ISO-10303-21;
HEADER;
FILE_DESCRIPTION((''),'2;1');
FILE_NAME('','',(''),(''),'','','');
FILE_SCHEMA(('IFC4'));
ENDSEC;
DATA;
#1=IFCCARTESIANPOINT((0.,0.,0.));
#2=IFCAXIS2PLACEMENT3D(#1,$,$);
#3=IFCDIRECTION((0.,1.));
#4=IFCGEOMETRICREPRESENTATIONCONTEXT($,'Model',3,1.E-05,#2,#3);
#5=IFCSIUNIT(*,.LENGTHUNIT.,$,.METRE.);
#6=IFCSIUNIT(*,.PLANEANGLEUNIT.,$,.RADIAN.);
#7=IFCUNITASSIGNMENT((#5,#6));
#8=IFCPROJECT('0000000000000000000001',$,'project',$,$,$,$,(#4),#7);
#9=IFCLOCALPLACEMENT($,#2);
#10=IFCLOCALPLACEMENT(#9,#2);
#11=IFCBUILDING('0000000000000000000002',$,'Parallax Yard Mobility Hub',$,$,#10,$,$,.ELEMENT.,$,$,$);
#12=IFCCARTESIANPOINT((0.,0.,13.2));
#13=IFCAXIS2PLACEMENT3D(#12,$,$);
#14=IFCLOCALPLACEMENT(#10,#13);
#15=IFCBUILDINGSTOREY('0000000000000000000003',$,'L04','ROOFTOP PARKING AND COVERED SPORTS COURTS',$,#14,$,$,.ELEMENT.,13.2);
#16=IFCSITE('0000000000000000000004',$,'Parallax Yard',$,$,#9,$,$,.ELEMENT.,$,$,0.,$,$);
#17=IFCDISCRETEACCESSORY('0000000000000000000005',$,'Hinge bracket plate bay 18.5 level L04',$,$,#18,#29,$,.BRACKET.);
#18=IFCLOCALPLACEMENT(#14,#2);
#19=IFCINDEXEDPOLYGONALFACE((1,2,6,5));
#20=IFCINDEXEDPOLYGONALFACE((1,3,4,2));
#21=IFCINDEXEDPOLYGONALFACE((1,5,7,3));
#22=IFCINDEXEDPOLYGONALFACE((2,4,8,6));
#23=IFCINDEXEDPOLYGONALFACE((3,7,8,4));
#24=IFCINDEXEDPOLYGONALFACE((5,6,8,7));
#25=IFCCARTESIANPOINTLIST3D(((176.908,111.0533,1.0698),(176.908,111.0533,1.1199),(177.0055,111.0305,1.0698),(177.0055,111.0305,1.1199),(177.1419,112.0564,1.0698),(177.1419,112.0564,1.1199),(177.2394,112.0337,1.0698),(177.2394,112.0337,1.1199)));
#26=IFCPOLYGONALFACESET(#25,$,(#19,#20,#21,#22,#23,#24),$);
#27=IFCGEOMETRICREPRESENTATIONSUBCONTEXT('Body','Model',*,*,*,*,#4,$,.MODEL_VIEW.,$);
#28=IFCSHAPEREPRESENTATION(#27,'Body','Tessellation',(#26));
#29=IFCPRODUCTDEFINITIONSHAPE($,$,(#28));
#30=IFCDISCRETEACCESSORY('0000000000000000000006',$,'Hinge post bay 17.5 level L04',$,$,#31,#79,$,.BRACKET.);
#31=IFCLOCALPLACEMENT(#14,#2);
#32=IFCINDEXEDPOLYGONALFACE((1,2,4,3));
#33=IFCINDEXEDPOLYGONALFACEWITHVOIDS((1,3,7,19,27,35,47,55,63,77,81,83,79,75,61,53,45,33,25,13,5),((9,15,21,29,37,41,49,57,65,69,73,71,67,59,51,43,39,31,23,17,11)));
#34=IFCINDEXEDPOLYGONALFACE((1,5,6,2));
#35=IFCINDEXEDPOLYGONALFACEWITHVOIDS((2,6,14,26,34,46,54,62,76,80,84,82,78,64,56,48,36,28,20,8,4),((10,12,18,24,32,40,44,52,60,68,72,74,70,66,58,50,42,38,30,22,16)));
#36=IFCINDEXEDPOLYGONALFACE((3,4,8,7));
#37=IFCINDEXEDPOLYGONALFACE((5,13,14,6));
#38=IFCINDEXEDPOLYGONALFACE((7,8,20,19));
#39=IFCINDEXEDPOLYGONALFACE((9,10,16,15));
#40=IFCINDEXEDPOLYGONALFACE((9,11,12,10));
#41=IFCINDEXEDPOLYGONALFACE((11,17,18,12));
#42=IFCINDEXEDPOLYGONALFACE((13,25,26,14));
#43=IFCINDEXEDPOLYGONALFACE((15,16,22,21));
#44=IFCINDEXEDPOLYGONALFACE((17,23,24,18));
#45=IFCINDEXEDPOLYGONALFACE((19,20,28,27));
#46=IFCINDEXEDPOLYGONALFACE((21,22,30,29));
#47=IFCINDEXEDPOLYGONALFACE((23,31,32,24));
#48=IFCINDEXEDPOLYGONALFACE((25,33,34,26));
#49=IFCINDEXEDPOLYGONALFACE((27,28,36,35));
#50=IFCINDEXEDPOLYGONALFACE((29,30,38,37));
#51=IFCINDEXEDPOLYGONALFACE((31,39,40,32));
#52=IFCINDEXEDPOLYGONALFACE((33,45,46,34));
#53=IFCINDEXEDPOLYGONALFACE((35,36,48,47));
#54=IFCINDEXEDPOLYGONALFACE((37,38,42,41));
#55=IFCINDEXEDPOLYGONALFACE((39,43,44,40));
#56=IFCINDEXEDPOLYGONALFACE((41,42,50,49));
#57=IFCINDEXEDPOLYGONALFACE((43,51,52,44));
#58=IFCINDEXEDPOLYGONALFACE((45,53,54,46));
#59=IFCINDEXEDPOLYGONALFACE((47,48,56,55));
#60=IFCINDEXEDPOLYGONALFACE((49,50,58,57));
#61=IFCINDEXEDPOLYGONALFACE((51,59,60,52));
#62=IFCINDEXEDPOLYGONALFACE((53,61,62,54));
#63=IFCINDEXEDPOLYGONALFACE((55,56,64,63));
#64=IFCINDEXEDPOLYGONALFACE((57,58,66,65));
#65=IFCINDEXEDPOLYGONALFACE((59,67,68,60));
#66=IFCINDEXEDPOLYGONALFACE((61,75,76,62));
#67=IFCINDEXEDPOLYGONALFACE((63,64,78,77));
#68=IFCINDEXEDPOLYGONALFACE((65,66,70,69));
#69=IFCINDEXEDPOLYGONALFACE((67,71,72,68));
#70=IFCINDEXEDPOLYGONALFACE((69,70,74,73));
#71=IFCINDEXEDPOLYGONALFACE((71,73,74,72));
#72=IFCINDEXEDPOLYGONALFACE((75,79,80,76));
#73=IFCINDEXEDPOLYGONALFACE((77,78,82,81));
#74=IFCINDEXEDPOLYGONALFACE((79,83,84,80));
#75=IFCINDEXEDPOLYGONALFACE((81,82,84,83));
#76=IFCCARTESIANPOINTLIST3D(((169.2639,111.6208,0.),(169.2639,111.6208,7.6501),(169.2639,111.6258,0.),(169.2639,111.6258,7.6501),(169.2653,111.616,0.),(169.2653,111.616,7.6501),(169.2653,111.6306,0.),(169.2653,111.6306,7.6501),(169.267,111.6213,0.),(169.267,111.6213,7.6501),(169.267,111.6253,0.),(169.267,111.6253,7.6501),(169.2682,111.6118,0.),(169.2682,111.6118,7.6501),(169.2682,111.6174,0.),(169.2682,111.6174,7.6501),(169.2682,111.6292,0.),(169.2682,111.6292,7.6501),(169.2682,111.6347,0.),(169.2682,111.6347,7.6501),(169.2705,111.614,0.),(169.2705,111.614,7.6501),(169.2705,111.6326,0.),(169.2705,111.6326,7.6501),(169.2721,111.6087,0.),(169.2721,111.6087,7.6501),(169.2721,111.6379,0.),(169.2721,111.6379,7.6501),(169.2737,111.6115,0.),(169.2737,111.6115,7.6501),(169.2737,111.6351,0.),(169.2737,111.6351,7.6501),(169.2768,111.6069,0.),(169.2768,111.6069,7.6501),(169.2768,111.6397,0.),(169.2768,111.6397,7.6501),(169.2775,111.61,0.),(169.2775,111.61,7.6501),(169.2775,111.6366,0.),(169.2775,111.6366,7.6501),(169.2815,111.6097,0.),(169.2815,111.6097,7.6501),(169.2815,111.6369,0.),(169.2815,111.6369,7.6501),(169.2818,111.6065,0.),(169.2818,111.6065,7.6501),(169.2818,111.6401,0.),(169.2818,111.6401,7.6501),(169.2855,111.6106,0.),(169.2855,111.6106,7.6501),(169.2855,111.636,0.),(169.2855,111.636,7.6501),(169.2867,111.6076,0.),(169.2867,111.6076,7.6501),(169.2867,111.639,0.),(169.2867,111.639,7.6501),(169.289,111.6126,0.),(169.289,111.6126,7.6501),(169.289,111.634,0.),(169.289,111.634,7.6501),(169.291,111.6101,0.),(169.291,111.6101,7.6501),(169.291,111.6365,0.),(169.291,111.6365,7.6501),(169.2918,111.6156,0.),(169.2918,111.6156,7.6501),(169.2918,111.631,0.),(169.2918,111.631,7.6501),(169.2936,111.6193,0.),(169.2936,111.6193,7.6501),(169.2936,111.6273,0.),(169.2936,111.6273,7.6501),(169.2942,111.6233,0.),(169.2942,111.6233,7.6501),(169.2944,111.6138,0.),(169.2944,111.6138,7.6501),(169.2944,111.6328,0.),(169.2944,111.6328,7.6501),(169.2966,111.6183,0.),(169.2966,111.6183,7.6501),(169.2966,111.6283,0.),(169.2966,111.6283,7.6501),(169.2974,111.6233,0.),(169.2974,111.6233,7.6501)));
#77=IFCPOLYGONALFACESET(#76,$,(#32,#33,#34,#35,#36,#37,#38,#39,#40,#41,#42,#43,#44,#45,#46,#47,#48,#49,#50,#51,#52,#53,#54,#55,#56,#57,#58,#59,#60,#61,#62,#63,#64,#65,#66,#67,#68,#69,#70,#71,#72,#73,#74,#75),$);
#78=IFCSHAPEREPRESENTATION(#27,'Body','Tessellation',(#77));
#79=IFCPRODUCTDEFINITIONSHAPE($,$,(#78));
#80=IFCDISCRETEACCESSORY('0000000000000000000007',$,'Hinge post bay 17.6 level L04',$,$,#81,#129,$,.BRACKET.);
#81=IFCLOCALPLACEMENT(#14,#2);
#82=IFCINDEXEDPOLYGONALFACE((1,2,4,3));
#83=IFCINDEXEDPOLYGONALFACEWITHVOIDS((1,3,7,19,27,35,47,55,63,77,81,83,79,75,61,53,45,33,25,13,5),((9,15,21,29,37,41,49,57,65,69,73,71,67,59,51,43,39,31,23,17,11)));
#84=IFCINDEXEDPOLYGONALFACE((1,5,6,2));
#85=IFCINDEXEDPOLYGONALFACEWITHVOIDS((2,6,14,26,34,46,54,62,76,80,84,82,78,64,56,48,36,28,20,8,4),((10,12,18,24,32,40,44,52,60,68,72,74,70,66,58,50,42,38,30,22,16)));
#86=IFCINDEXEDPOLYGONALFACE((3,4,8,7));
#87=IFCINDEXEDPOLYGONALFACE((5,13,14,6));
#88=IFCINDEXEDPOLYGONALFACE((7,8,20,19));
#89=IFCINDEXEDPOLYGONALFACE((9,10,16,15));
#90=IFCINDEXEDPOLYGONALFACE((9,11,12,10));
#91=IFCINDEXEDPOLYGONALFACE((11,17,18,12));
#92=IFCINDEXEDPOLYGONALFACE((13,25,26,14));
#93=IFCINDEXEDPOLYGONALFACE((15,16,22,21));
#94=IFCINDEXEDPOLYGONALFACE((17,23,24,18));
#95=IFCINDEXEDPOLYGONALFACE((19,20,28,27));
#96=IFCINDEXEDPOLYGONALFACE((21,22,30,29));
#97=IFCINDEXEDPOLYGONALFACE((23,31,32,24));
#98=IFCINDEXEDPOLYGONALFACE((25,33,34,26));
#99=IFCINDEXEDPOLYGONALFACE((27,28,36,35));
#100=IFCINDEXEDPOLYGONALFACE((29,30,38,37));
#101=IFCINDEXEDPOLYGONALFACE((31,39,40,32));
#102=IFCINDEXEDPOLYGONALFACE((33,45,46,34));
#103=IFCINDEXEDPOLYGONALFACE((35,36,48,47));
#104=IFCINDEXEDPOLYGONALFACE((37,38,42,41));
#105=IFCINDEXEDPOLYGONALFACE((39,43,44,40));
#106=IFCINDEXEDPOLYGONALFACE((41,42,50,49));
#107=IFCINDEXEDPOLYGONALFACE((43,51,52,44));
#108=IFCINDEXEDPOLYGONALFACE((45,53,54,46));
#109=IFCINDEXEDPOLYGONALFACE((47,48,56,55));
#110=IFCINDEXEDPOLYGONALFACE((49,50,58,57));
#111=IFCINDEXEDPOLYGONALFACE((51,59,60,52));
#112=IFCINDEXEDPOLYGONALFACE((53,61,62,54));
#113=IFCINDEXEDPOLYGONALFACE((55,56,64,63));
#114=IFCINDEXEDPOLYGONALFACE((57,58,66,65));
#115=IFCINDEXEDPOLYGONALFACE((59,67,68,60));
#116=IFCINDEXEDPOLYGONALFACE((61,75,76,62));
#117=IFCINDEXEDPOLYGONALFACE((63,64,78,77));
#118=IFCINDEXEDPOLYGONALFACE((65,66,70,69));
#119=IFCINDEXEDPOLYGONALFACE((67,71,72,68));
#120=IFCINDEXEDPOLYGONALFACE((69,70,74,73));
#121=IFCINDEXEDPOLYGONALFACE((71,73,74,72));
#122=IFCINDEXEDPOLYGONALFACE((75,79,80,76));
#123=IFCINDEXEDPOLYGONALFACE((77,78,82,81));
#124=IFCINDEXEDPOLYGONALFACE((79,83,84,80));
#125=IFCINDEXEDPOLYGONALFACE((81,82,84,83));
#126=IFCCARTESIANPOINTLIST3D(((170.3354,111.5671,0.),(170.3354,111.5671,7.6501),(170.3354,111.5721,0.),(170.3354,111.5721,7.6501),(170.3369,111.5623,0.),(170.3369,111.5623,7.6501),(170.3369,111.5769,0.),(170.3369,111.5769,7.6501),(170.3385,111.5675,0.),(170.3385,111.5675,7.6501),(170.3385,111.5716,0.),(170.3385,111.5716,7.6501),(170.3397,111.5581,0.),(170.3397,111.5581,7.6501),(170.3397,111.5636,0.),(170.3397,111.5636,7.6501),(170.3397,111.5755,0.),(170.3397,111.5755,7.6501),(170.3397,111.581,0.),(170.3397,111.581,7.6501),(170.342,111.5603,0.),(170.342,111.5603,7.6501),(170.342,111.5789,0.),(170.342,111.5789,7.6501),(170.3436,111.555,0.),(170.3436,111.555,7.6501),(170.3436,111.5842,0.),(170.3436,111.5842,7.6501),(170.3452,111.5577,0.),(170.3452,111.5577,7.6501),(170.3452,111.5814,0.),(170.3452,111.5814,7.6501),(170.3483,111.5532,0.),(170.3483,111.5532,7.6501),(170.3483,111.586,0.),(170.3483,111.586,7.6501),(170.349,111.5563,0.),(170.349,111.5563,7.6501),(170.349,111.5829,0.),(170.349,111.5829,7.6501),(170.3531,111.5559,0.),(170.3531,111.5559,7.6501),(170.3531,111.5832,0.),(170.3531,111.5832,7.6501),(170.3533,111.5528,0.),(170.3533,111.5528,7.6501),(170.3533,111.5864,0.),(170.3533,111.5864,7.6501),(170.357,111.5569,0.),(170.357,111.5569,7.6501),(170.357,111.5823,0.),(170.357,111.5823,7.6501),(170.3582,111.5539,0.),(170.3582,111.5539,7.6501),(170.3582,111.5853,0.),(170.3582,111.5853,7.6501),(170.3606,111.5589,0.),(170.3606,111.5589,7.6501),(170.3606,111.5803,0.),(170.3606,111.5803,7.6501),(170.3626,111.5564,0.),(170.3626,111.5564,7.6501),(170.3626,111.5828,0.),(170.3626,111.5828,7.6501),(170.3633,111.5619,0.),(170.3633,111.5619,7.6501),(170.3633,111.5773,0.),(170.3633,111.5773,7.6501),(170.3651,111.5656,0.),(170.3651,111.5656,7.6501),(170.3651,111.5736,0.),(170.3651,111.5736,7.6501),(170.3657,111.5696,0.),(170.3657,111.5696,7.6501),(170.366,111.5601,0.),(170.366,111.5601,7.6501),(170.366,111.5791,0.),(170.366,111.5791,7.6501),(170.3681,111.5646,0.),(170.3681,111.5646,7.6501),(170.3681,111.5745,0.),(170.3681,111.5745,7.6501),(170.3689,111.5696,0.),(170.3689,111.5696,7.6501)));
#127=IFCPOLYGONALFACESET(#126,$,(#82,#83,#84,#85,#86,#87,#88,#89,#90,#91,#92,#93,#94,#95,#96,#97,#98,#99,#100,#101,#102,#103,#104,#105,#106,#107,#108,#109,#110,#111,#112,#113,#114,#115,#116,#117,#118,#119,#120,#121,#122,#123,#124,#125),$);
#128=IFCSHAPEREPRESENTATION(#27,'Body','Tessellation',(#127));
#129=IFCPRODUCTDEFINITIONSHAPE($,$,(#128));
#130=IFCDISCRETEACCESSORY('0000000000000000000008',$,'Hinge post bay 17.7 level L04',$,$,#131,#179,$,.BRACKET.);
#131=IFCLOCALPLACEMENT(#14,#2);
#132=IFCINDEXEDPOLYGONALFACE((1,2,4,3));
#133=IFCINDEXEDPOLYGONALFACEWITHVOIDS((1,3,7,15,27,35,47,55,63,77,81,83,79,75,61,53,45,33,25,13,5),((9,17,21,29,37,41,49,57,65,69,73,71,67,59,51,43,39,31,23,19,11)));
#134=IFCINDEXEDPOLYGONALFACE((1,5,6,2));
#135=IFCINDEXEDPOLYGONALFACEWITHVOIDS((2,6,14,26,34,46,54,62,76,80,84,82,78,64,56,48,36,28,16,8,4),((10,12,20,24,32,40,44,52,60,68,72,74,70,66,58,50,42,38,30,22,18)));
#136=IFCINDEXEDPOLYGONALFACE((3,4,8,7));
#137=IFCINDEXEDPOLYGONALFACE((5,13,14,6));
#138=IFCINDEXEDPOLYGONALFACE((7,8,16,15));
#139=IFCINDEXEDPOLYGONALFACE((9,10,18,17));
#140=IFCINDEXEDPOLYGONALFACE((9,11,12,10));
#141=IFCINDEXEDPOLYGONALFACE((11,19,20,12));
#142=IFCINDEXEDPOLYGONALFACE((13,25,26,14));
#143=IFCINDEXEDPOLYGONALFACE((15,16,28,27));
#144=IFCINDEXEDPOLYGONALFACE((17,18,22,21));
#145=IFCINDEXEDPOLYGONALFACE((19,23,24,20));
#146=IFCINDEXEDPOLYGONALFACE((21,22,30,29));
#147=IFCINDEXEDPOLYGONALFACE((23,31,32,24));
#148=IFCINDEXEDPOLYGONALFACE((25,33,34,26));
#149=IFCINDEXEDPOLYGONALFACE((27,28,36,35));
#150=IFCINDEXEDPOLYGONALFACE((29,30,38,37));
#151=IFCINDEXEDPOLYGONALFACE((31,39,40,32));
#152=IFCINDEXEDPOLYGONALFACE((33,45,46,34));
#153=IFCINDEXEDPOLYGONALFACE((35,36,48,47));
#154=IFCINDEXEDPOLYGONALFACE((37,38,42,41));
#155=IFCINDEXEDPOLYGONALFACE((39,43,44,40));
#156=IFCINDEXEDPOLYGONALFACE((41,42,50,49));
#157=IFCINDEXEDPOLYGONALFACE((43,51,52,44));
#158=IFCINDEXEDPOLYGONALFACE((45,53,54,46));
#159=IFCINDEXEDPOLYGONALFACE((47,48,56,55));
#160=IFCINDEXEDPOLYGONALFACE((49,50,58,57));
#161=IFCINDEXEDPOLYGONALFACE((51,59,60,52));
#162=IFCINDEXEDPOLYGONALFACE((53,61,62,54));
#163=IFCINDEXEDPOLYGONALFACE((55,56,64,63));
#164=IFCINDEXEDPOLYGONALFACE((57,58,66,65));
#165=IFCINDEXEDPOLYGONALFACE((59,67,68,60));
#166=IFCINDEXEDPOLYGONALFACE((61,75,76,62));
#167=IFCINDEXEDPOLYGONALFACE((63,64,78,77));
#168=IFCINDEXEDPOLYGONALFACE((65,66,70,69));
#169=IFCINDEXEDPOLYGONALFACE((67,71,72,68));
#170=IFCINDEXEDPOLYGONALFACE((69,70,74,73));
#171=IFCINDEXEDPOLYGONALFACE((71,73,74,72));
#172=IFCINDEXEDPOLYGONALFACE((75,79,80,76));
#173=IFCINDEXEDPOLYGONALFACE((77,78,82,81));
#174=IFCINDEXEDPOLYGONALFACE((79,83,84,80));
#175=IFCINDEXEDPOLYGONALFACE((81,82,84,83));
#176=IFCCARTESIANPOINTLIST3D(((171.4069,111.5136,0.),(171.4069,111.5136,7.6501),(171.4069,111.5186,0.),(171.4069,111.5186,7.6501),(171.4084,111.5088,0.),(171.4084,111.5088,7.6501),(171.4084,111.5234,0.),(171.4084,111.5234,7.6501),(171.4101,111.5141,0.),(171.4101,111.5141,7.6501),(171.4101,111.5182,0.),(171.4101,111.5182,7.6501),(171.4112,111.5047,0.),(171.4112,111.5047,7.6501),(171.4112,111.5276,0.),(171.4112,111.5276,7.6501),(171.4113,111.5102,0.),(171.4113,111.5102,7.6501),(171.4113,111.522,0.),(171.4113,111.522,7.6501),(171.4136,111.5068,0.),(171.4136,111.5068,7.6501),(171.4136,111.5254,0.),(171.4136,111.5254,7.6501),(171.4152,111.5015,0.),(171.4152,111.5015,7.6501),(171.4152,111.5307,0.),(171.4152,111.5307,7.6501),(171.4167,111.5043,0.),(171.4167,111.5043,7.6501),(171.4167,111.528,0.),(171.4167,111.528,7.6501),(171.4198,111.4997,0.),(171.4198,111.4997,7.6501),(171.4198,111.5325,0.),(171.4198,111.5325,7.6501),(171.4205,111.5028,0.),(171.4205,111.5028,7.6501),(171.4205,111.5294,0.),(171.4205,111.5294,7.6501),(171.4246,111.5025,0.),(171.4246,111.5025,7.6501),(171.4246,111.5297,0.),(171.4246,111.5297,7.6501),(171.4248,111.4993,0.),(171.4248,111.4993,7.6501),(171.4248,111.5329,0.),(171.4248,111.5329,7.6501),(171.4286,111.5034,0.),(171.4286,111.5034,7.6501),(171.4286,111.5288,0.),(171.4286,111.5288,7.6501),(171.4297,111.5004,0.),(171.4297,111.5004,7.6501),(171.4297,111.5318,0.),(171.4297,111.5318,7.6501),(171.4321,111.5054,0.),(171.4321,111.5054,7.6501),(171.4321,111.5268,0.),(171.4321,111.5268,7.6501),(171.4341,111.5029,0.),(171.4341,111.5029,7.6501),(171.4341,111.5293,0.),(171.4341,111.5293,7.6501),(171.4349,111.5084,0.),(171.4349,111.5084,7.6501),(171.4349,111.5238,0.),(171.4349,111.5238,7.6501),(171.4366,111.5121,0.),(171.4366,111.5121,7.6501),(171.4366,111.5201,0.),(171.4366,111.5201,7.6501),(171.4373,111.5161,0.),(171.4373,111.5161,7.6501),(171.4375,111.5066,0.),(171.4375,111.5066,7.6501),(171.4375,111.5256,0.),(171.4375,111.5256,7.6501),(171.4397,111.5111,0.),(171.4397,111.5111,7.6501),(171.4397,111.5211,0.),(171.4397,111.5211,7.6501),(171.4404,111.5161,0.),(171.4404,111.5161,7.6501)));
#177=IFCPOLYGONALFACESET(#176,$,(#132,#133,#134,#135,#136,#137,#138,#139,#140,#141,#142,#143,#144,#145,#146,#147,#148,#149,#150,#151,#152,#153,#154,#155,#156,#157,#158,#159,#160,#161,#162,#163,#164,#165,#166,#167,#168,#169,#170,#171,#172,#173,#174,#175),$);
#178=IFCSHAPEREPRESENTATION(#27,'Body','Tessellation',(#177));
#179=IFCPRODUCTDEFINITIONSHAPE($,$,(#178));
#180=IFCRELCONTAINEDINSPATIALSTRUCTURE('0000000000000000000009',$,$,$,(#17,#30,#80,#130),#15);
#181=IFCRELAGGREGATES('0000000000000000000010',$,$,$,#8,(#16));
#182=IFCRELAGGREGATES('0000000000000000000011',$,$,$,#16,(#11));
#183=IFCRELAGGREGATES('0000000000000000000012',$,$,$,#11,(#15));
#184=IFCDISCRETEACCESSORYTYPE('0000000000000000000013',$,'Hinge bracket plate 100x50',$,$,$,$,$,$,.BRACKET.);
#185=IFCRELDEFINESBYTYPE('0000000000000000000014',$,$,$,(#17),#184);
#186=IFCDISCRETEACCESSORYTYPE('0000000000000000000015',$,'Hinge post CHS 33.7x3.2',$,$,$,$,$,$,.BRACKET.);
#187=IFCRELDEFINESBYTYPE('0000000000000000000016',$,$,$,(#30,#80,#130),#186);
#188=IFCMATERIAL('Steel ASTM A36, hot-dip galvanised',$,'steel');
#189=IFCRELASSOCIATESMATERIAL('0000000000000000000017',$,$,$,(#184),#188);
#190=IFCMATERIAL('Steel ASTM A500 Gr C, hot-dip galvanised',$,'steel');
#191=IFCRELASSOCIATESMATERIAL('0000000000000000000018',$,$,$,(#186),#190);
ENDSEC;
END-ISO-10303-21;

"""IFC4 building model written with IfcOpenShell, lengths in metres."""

from ifc_helpers import new_model, si_unit, direction, frame, origin, origin_2d, place, context, subcontext, project, spatial, rectangle, hollow_circle, extrude, material, material_profile, profile_set, type_object, element, save


model = new_model("IFC4")

# Units and contexts
model_context = context("Model", 3, precision=1e-05, world=origin(), true_north=direction((0.0, 1.0)))
body_context = subcontext(model_context, "Body", "Model", "MODEL_VIEW")
ifc_project = project(units=[si_unit("LENGTHUNIT", "METRE"), si_unit("PLANEANGLEUNIT", "RADIAN")], contexts=[model_context])

# Site, building, storey
site_placement = place(None, origin())
site = spatial("IfcSite", under=ifc_project, at=site_placement, Name="Parallax Yard", CompositionType="ELEMENT", RefElevation=0.0)
building_placement = place(site_placement, origin())
building = spatial("IfcBuilding", under=site, at=building_placement, Name="Parallax Yard Mobility Hub", CompositionType="ELEMENT")
storey_placement = place(building_placement, frame((0.0, 0.0, 13.2)))
storey = spatial("IfcBuildingStorey", under=building, at=storey_placement, Name="L04", Description="ROOFTOP PARKING AND COVERED SPORTS COURTS", CompositionType="ELEMENT", Elevation=13.2)

# Discrete accessories
ifc_material_1 = material(Name="Steel ASTM A36, hot-dip galvanised", Category="steel")
discrete_accessory_type_1 = type_object("IfcDiscreteAccessoryType", Name="Hinge bracket plate 100x50", PredefinedType="BRACKET", material=ifc_material_1)
discrete_accessory_1_placement = place(storey_placement, frame((177.0737, 111.5435, 1.0698), z_axis=(0.0, 0.0, 1.0), x_axis=(-0.227076, -0.973877, 0.0)))
element("IfcDiscreteAccessory", 1, at=discrete_accessory_1_placement, inside=storey, type_object=discrete_accessory_type_1, Name="Hinge bracket plate bay 18.5 level L04", PredefinedType="BRACKET", context=body_context, shape_type="SweptSolid", body=[
    extrude(rectangle(XDim=1.03, YDim=0.1001, at=origin_2d()), origin(), (0.0, 0.0, 1.0), 0.05),
])
ifc_material_2 = material(Name="Steel ASTM A500 Gr C, hot-dip galvanised", Category="steel")
ifc_material_profile_1 = material_profile(ifc_material_2, hollow_circle(Radius=0.0168, WallThickness=0.0032, at=origin_2d()), Name="CHS 33.7x3.2")
ifc_profile_set_1 = profile_set([ifc_material_profile_1], Name="Steel ASTM A500 Gr C, hot-dip galvanised")
discrete_accessory_type_2 = type_object("IfcDiscreteAccessoryType", Name="Hinge post CHS 33.7x3.2", PredefinedType="BRACKET", material=ifc_profile_set_1)
for number, where, z_axis, x_axis, name in (
    (2, (169.2805, 111.6233, 0.0), (0.0, 0.0, 1.0), (1.0, 0.0, 0.0), "Hinge post bay 17.5 level L04"),
    (3, (170.3521, 111.5696, 0.0), (0.0, 0.0, 1.0), (1.0, 0.0, 0.0), "Hinge post bay 17.6 level L04"),
    (4, (171.4236, 111.5161, 0.0), (0.0, 0.0, 1.0), (1.0, 0.0, 0.0), "Hinge post bay 17.7 level L04"),
):
    element("IfcDiscreteAccessory", number, at=place(storey_placement, frame(where, z_axis=z_axis, x_axis=x_axis)), inside=storey, type_object=discrete_accessory_type_2, Name=name, PredefinedType="BRACKET", context=body_context, shape_type="SweptSolid", body=[
        extrude(hollow_circle(Radius=0.0168, WallThickness=0.0032, at=origin_2d()), origin(), (0.0, 0.0, 1.0), 7.6501),
    ])

save(model, "model.ifc")
